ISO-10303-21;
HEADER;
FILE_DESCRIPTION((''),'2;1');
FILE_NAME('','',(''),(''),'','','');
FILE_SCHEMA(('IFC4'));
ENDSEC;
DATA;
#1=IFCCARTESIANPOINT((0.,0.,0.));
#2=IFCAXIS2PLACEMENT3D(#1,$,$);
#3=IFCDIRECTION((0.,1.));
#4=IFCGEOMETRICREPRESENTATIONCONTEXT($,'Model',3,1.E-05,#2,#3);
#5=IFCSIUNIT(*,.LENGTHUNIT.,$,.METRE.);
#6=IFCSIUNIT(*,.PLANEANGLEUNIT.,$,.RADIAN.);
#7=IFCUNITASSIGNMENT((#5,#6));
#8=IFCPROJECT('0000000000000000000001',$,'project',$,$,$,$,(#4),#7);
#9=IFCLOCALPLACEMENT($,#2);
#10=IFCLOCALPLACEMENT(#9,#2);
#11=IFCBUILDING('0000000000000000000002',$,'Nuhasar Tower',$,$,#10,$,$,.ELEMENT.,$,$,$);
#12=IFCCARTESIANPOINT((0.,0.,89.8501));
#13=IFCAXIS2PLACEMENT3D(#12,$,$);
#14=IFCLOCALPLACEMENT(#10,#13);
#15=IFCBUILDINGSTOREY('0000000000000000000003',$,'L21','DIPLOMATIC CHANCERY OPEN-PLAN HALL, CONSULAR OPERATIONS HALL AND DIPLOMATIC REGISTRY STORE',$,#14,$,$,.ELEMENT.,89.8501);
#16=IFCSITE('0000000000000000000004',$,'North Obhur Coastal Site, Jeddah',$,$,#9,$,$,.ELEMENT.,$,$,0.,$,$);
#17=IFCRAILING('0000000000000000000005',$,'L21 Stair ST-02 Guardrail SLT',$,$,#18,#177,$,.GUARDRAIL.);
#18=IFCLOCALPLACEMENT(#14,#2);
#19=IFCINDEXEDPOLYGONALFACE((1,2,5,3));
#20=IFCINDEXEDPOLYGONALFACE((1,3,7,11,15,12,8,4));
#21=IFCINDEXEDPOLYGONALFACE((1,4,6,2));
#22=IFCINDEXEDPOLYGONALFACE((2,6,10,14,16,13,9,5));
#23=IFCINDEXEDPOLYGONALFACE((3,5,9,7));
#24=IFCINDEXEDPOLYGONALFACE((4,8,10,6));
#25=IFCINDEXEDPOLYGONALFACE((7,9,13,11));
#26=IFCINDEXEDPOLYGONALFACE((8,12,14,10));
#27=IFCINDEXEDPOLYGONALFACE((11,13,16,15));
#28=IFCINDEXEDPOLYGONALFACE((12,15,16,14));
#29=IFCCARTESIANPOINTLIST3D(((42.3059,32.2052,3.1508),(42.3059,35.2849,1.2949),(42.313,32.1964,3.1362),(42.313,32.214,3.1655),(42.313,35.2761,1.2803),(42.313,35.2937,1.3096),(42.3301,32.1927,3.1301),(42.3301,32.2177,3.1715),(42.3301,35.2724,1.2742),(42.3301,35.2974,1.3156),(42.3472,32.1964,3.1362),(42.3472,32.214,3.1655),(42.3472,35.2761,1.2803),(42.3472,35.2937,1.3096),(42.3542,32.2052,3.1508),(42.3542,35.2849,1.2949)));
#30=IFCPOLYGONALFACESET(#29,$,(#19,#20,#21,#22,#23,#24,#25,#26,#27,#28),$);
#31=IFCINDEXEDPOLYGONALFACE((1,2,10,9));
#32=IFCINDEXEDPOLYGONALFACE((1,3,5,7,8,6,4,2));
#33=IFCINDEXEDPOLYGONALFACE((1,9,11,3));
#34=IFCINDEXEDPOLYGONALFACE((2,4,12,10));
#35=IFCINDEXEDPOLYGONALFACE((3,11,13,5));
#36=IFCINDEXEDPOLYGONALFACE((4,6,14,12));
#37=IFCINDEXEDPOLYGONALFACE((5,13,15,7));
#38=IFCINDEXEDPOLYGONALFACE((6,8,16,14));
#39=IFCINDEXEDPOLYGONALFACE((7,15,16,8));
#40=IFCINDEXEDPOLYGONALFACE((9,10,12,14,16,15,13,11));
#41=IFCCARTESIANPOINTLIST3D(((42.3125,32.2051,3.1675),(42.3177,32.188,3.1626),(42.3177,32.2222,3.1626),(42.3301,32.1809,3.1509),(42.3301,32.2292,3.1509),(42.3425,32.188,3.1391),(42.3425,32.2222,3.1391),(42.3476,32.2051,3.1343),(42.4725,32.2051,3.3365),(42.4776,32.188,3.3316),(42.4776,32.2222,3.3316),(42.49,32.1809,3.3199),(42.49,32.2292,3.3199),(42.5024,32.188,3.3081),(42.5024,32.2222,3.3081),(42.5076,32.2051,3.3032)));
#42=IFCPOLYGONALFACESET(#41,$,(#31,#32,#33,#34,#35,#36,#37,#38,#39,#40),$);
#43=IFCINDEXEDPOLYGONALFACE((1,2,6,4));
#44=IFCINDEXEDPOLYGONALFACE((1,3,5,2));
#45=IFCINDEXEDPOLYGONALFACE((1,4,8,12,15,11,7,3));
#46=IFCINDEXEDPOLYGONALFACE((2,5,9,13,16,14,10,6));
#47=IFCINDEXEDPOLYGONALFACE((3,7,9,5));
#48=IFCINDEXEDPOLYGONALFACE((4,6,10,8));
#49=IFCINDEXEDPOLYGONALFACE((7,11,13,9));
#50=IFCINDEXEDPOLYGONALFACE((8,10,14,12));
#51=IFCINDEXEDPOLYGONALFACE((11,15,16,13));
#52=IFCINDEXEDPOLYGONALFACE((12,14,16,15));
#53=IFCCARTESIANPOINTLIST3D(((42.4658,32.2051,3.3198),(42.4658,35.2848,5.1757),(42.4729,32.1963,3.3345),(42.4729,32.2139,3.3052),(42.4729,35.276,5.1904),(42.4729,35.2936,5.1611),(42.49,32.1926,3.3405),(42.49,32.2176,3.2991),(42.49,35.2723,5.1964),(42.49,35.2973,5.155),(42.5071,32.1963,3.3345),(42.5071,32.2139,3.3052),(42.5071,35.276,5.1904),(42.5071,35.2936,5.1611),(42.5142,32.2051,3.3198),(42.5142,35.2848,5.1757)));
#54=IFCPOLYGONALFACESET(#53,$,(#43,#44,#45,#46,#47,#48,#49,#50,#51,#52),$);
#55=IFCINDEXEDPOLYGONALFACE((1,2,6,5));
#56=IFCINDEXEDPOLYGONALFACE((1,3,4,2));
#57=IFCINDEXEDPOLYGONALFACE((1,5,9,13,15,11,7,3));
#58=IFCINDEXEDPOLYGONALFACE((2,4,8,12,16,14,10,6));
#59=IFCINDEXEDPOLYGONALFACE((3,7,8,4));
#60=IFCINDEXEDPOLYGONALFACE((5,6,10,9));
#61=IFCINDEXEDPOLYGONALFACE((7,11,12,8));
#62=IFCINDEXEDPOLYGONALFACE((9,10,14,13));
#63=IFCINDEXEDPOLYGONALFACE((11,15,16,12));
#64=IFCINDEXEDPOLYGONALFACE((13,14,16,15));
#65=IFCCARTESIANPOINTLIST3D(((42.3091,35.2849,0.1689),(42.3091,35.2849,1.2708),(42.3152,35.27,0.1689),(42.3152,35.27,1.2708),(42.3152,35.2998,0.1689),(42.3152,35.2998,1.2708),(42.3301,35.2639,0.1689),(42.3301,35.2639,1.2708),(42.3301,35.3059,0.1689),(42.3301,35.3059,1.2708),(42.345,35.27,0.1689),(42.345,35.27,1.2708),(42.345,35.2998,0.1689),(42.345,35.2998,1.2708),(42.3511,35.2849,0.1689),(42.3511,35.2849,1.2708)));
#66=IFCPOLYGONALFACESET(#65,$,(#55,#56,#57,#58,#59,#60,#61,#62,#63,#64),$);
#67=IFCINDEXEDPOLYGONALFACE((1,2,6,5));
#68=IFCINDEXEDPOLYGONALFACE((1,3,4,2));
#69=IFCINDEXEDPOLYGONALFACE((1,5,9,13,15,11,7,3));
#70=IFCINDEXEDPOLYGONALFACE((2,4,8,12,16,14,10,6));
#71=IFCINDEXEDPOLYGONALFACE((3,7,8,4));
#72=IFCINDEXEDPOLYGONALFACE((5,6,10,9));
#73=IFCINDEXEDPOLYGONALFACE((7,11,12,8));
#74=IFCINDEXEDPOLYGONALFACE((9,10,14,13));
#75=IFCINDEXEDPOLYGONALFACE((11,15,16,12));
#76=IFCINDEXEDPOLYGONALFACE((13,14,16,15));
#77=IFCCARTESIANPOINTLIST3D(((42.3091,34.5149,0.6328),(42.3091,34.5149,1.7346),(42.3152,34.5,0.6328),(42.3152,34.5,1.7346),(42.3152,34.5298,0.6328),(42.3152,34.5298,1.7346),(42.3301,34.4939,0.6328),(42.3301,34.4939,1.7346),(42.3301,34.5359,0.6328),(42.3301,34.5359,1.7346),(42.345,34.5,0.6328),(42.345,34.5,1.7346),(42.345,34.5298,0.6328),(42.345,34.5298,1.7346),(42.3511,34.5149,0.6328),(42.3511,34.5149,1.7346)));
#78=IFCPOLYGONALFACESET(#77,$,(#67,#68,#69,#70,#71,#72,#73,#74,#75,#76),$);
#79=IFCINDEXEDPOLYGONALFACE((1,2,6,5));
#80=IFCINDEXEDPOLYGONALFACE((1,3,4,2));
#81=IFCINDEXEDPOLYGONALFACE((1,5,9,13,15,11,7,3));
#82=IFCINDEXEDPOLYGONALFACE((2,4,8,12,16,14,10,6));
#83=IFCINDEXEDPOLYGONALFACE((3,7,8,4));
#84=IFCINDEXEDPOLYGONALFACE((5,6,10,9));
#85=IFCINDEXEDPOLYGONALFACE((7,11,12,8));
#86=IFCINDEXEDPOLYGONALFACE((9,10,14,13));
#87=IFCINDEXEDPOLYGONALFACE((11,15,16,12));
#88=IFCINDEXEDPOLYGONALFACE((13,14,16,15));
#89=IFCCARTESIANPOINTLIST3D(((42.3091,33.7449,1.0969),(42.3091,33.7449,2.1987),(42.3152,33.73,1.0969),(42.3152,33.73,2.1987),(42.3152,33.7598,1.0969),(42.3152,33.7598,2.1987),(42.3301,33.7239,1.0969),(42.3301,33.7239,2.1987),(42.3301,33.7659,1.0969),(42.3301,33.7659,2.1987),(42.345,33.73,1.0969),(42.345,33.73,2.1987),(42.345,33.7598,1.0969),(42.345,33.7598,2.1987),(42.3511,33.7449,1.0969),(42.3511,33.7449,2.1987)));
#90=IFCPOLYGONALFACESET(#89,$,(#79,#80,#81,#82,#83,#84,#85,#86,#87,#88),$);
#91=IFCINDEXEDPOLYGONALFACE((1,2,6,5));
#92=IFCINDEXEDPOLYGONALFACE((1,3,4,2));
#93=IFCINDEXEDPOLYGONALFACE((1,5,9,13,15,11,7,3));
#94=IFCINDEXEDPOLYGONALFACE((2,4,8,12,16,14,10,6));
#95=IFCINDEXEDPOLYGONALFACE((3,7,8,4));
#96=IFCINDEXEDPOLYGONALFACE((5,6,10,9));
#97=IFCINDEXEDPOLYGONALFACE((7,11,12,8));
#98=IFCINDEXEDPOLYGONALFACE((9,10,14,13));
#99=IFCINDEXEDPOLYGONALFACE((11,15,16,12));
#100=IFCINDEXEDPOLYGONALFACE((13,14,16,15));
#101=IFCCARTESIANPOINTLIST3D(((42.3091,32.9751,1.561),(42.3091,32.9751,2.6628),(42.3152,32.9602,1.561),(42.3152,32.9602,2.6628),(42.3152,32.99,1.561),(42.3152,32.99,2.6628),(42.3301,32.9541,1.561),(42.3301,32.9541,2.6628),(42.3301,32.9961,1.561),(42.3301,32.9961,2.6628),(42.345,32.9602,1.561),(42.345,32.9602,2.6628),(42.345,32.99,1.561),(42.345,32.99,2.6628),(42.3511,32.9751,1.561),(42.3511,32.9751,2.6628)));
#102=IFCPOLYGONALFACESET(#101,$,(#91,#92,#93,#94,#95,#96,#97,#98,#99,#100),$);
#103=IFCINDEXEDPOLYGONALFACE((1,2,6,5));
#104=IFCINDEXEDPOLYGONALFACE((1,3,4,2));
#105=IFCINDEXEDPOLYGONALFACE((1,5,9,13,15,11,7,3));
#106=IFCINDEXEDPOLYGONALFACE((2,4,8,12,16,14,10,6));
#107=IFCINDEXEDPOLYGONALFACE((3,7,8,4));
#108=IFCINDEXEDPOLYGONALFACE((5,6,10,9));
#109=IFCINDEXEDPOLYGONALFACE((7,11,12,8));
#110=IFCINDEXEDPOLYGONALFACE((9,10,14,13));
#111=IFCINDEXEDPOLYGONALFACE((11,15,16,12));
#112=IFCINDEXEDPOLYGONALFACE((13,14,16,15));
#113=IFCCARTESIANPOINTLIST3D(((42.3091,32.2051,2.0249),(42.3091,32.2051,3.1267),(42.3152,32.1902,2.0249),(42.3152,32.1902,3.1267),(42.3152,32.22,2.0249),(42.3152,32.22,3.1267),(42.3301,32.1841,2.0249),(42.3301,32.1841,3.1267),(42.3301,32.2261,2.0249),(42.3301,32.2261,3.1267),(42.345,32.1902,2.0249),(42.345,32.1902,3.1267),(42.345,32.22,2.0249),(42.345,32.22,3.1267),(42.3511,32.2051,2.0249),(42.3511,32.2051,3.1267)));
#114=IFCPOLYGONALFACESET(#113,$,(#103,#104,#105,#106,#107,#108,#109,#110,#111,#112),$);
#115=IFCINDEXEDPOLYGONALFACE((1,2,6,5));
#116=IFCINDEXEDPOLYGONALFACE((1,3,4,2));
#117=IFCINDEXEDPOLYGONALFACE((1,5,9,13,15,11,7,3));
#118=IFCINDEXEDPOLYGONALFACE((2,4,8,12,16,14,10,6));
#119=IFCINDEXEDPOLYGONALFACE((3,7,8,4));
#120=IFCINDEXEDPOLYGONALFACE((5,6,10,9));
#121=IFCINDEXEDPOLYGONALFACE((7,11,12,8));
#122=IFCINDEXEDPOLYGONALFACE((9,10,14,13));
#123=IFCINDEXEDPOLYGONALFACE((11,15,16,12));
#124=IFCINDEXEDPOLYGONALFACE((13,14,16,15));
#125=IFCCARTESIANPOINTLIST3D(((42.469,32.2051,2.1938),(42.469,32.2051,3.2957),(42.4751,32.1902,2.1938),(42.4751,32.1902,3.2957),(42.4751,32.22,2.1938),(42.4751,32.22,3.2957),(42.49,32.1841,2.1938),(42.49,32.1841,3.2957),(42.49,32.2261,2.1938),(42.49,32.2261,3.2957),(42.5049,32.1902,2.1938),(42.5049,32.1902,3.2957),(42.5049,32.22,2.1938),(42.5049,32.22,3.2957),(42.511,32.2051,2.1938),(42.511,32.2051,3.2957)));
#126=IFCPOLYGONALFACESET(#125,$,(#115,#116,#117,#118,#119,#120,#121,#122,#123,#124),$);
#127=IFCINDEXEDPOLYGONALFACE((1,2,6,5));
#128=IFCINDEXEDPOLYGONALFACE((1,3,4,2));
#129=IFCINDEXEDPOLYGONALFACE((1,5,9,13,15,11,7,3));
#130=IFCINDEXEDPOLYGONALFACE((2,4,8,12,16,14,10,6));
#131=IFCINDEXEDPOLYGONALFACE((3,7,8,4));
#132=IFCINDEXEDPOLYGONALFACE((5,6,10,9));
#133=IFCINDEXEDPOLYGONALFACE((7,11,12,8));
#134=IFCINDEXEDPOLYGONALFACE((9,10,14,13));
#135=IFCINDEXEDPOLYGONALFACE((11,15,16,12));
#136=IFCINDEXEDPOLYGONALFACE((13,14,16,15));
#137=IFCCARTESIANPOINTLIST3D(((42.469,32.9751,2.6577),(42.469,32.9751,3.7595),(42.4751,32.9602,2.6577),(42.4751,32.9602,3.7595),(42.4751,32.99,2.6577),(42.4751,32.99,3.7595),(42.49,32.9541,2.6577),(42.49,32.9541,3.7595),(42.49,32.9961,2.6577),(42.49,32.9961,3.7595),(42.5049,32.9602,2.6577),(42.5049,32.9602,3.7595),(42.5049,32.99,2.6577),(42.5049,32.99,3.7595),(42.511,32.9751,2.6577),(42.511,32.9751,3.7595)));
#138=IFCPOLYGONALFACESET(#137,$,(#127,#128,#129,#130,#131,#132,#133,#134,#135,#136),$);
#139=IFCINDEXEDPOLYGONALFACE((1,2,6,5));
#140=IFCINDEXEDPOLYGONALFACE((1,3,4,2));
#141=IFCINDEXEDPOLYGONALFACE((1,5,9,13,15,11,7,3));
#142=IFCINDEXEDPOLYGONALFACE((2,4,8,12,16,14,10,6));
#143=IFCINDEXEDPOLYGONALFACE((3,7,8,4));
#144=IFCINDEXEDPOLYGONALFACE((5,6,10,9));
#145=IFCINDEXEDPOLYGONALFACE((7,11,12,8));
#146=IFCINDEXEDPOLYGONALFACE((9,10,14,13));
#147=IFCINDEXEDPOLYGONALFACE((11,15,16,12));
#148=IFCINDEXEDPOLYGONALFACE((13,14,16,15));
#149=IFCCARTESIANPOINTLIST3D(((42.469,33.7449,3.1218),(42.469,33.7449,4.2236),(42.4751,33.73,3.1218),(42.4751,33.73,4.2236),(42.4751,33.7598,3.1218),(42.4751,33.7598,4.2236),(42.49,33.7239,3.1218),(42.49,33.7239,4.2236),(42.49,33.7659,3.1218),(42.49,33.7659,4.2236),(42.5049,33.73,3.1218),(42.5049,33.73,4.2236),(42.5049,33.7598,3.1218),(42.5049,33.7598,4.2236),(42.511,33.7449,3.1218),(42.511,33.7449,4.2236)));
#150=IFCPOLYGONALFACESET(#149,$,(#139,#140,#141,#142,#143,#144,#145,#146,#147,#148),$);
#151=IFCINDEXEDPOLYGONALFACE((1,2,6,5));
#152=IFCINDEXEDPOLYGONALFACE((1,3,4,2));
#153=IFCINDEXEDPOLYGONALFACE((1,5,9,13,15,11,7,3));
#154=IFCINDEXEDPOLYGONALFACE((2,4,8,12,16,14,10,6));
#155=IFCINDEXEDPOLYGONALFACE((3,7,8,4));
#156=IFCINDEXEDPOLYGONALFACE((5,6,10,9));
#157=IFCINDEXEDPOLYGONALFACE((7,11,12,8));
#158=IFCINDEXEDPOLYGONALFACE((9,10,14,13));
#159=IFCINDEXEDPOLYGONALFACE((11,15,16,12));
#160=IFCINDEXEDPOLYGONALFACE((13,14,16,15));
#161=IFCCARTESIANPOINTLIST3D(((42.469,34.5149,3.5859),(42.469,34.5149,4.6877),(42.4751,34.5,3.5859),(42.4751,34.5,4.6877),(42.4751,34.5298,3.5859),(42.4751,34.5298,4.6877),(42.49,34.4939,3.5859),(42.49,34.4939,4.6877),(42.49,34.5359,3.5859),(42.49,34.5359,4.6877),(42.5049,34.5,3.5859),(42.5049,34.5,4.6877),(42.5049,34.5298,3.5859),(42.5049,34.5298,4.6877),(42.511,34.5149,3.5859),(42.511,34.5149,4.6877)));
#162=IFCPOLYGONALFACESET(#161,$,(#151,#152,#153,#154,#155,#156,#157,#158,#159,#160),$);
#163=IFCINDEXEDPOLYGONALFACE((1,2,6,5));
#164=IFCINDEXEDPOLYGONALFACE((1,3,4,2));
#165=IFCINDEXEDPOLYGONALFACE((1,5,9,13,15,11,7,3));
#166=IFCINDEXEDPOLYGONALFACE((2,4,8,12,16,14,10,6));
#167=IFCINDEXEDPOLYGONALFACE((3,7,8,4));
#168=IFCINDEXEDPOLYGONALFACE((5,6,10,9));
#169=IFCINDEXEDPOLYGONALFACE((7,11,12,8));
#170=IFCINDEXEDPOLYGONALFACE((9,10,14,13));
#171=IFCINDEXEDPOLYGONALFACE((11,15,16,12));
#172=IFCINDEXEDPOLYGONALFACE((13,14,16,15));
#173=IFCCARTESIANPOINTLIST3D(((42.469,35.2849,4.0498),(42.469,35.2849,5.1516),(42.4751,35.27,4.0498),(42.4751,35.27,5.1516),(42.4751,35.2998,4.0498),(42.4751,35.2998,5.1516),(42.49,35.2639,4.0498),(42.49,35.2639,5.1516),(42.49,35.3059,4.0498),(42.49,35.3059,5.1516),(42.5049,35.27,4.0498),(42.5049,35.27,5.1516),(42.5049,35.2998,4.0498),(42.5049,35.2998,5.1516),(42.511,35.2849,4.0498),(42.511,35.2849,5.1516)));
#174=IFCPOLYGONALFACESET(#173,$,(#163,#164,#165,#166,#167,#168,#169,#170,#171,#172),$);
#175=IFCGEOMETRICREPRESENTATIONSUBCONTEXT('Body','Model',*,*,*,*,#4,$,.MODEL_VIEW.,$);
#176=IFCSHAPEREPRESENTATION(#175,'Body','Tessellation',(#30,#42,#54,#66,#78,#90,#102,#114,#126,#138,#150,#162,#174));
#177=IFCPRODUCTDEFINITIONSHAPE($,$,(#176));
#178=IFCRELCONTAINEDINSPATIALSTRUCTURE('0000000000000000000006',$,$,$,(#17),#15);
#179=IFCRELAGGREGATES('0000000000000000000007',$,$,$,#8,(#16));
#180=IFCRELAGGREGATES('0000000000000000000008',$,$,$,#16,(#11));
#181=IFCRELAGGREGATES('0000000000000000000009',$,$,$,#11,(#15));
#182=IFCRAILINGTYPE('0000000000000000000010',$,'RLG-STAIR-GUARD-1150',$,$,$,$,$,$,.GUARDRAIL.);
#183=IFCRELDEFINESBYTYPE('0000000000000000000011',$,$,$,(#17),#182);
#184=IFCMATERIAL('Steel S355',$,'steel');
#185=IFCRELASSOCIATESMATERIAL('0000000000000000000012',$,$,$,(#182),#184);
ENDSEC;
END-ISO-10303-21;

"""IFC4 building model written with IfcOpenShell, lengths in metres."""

from ifc_helpers import new_model, si_unit, direction, frame, origin, place, context, subcontext, project, spatial, polyline, outline, extrude, material, type_object, element, save


model = new_model("IFC4")

# Units and contexts
model_context = context("Model", 3, precision=1e-05, world=origin(), true_north=direction((0.0, 1.0)))
body_context = subcontext(model_context, "Body", "Model", "MODEL_VIEW")
ifc_project = project(units=[si_unit("LENGTHUNIT", "METRE"), si_unit("PLANEANGLEUNIT", "RADIAN")], contexts=[model_context])

# Site, building, storey
site_placement = place(None, origin())
site = spatial("IfcSite", under=ifc_project, at=site_placement, Name="North Obhur Coastal Site, Jeddah", CompositionType="ELEMENT", RefElevation=0.0)
building_placement = place(site_placement, origin())
building = spatial("IfcBuilding", under=site, at=building_placement, Name="Nuhasar Tower", CompositionType="ELEMENT")
storey_placement = place(building_placement, frame((0.0, 0.0, 89.8501)))
storey = spatial("IfcBuildingStorey", under=building, at=storey_placement, Name="L21", Description="DIPLOMATIC CHANCERY OPEN-PLAN HALL, CONSULAR OPERATIONS HALL AND DIPLOMATIC REGISTRY STORE", CompositionType="ELEMENT", Elevation=89.8501)

# Shared definitions
ifc_material_1 = material(Name="Steel S355", Category="steel")

# Railing
railing_type_1 = type_object("IfcRailingType", Name="RLG-STAIR-GUARD-1150", PredefinedType="GUARDRAIL", material=ifc_material_1)
railing_1_placement = place(storey_placement, frame((42.3301, 35.2849, 0.1689)))
element("IfcRailing", 1, at=railing_1_placement, inside=storey, type_object=railing_type_1, Name="L21 Stair ST-02 Guardrail SLT", PredefinedType="GUARDRAIL", context=body_context, shape_type="SweptSolid", body=[
    extrude(outline(polyline([(0.0242, 0.0), (0.0171, 0.0171), (0.0, 0.0242), (-0.0171, 0.0171), (-0.0242, 0.0), (-0.0171, -0.0171), (0.0, -0.0242), (0.0171, -0.0171), (0.0242, 0.0)])), frame((0.0, 0.0, 1.126), z_axis=(0.0, -0.856503, 0.516142), x_axis=(1.0, 0.0, 0.0)), (0.0, 0.0, 1.0), 3.5957),
    extrude(outline(polyline([(0.0242, 0.0), (0.0171, 0.0171), (0.0, 0.0242), (-0.0171, 0.0171), (-0.0242, 0.0), (-0.0171, -0.0171), (0.0, -0.0242), (0.0171, -0.0171), (0.0242, 0.0)])), frame((0.0, -3.0798, 2.9819), z_axis=(0.687424, 0.0, 0.726256), x_axis=(0.0, 1.0, 0.0)), (0.0, 0.0, 1.0), 0.2327),
    extrude(outline(polyline([(0.0242, 0.0), (0.0171, 0.0171), (0.0, 0.0242), (-0.0171, 0.0171), (-0.0242, 0.0), (-0.0171, -0.0171), (0.0, -0.0242), (0.0171, -0.0171), (0.0242, 0.0)])), frame((0.1599, -3.0798, 3.1509), z_axis=(0.0, 0.856503, 0.516142), x_axis=(-1.0, 0.0, 0.0)), (0.0, 0.0, 1.0), 3.5957),
    extrude(outline(polyline([(0.021, 0.0), (0.0149, 0.0149), (0.0, 0.021), (-0.0149, 0.0149), (-0.021, 0.0), (-0.0149, -0.0149), (0.0, -0.021), (0.0149, -0.0149), (0.021, 0.0)])), origin(), (0.0, 0.0, 1.0), 1.1018),
    extrude(outline(polyline([(0.021, 0.0), (0.0149, 0.0149), (0.0, 0.021), (-0.0149, 0.0149), (-0.021, 0.0), (-0.0149, -0.0149), (0.0, -0.021), (0.0149, -0.0149), (0.021, 0.0)])), frame((0.0, -0.77, 0.4639)), (0.0, 0.0, 1.0), 1.1018),
    extrude(outline(polyline([(0.021, 0.0), (0.0149, 0.0149), (0.0, 0.021), (-0.0149, 0.0149), (-0.021, 0.0), (-0.0149, -0.0149), (0.0, -0.021), (0.0149, -0.0149), (0.021, 0.0)])), frame((0.0, -1.54, 0.928)), (0.0, 0.0, 1.0), 1.1018),
    extrude(outline(polyline([(0.021, 0.0), (0.0149, 0.0149), (0.0, 0.021), (-0.0149, 0.0149), (-0.021, 0.0), (-0.0149, -0.0149), (0.0, -0.021), (0.0149, -0.0149), (0.021, 0.0)])), frame((0.0, -2.3098, 1.3921)), (0.0, 0.0, 1.0), 1.1018),
    extrude(outline(polyline([(0.021, 0.0), (0.0149, 0.0149), (0.0, 0.021), (-0.0149, 0.0149), (-0.021, 0.0), (-0.0149, -0.0149), (0.0, -0.021), (0.0149, -0.0149), (0.021, 0.0)])), frame((0.0, -3.0798, 1.856)), (0.0, 0.0, 1.0), 1.1018),
    extrude(outline(polyline([(0.021, 0.0), (0.0149, 0.0149), (0.0, 0.021), (-0.0149, 0.0149), (-0.021, 0.0), (-0.0149, -0.0149), (0.0, -0.021), (0.0149, -0.0149), (0.021, 0.0)])), frame((0.1599, -3.0798, 2.0249)), (0.0, 0.0, 1.0), 1.1018),
    extrude(outline(polyline([(0.021, 0.0), (0.0149, 0.0149), (0.0, 0.021), (-0.0149, 0.0149), (-0.021, 0.0), (-0.0149, -0.0149), (0.0, -0.021), (0.0149, -0.0149), (0.021, 0.0)])), frame((0.1599, -2.3098, 2.4888)), (0.0, 0.0, 1.0), 1.1018),
    extrude(outline(polyline([(0.021, 0.0), (0.0149, 0.0149), (0.0, 0.021), (-0.0149, 0.0149), (-0.021, 0.0), (-0.0149, -0.0149), (0.0, -0.021), (0.0149, -0.0149), (0.021, 0.0)])), frame((0.1599, -1.54, 2.9529)), (0.0, 0.0, 1.0), 1.1018),
    extrude(outline(polyline([(0.021, 0.0), (0.0149, 0.0149), (0.0, 0.021), (-0.0149, 0.0149), (-0.021, 0.0), (-0.0149, -0.0149), (0.0, -0.021), (0.0149, -0.0149), (0.021, 0.0)])), frame((0.1599, -0.77, 3.417)), (0.0, 0.0, 1.0), 1.1018),
    extrude(outline(polyline([(0.021, 0.0), (0.0149, 0.0149), (0.0, 0.021), (-0.0149, 0.0149), (-0.021, 0.0), (-0.0149, -0.0149), (0.0, -0.021), (0.0149, -0.0149), (0.021, 0.0)])), frame((0.1599, 0.0, 3.8809)), (0.0, 0.0, 1.0), 1.1018),
])

save(model, "model.ifc")
